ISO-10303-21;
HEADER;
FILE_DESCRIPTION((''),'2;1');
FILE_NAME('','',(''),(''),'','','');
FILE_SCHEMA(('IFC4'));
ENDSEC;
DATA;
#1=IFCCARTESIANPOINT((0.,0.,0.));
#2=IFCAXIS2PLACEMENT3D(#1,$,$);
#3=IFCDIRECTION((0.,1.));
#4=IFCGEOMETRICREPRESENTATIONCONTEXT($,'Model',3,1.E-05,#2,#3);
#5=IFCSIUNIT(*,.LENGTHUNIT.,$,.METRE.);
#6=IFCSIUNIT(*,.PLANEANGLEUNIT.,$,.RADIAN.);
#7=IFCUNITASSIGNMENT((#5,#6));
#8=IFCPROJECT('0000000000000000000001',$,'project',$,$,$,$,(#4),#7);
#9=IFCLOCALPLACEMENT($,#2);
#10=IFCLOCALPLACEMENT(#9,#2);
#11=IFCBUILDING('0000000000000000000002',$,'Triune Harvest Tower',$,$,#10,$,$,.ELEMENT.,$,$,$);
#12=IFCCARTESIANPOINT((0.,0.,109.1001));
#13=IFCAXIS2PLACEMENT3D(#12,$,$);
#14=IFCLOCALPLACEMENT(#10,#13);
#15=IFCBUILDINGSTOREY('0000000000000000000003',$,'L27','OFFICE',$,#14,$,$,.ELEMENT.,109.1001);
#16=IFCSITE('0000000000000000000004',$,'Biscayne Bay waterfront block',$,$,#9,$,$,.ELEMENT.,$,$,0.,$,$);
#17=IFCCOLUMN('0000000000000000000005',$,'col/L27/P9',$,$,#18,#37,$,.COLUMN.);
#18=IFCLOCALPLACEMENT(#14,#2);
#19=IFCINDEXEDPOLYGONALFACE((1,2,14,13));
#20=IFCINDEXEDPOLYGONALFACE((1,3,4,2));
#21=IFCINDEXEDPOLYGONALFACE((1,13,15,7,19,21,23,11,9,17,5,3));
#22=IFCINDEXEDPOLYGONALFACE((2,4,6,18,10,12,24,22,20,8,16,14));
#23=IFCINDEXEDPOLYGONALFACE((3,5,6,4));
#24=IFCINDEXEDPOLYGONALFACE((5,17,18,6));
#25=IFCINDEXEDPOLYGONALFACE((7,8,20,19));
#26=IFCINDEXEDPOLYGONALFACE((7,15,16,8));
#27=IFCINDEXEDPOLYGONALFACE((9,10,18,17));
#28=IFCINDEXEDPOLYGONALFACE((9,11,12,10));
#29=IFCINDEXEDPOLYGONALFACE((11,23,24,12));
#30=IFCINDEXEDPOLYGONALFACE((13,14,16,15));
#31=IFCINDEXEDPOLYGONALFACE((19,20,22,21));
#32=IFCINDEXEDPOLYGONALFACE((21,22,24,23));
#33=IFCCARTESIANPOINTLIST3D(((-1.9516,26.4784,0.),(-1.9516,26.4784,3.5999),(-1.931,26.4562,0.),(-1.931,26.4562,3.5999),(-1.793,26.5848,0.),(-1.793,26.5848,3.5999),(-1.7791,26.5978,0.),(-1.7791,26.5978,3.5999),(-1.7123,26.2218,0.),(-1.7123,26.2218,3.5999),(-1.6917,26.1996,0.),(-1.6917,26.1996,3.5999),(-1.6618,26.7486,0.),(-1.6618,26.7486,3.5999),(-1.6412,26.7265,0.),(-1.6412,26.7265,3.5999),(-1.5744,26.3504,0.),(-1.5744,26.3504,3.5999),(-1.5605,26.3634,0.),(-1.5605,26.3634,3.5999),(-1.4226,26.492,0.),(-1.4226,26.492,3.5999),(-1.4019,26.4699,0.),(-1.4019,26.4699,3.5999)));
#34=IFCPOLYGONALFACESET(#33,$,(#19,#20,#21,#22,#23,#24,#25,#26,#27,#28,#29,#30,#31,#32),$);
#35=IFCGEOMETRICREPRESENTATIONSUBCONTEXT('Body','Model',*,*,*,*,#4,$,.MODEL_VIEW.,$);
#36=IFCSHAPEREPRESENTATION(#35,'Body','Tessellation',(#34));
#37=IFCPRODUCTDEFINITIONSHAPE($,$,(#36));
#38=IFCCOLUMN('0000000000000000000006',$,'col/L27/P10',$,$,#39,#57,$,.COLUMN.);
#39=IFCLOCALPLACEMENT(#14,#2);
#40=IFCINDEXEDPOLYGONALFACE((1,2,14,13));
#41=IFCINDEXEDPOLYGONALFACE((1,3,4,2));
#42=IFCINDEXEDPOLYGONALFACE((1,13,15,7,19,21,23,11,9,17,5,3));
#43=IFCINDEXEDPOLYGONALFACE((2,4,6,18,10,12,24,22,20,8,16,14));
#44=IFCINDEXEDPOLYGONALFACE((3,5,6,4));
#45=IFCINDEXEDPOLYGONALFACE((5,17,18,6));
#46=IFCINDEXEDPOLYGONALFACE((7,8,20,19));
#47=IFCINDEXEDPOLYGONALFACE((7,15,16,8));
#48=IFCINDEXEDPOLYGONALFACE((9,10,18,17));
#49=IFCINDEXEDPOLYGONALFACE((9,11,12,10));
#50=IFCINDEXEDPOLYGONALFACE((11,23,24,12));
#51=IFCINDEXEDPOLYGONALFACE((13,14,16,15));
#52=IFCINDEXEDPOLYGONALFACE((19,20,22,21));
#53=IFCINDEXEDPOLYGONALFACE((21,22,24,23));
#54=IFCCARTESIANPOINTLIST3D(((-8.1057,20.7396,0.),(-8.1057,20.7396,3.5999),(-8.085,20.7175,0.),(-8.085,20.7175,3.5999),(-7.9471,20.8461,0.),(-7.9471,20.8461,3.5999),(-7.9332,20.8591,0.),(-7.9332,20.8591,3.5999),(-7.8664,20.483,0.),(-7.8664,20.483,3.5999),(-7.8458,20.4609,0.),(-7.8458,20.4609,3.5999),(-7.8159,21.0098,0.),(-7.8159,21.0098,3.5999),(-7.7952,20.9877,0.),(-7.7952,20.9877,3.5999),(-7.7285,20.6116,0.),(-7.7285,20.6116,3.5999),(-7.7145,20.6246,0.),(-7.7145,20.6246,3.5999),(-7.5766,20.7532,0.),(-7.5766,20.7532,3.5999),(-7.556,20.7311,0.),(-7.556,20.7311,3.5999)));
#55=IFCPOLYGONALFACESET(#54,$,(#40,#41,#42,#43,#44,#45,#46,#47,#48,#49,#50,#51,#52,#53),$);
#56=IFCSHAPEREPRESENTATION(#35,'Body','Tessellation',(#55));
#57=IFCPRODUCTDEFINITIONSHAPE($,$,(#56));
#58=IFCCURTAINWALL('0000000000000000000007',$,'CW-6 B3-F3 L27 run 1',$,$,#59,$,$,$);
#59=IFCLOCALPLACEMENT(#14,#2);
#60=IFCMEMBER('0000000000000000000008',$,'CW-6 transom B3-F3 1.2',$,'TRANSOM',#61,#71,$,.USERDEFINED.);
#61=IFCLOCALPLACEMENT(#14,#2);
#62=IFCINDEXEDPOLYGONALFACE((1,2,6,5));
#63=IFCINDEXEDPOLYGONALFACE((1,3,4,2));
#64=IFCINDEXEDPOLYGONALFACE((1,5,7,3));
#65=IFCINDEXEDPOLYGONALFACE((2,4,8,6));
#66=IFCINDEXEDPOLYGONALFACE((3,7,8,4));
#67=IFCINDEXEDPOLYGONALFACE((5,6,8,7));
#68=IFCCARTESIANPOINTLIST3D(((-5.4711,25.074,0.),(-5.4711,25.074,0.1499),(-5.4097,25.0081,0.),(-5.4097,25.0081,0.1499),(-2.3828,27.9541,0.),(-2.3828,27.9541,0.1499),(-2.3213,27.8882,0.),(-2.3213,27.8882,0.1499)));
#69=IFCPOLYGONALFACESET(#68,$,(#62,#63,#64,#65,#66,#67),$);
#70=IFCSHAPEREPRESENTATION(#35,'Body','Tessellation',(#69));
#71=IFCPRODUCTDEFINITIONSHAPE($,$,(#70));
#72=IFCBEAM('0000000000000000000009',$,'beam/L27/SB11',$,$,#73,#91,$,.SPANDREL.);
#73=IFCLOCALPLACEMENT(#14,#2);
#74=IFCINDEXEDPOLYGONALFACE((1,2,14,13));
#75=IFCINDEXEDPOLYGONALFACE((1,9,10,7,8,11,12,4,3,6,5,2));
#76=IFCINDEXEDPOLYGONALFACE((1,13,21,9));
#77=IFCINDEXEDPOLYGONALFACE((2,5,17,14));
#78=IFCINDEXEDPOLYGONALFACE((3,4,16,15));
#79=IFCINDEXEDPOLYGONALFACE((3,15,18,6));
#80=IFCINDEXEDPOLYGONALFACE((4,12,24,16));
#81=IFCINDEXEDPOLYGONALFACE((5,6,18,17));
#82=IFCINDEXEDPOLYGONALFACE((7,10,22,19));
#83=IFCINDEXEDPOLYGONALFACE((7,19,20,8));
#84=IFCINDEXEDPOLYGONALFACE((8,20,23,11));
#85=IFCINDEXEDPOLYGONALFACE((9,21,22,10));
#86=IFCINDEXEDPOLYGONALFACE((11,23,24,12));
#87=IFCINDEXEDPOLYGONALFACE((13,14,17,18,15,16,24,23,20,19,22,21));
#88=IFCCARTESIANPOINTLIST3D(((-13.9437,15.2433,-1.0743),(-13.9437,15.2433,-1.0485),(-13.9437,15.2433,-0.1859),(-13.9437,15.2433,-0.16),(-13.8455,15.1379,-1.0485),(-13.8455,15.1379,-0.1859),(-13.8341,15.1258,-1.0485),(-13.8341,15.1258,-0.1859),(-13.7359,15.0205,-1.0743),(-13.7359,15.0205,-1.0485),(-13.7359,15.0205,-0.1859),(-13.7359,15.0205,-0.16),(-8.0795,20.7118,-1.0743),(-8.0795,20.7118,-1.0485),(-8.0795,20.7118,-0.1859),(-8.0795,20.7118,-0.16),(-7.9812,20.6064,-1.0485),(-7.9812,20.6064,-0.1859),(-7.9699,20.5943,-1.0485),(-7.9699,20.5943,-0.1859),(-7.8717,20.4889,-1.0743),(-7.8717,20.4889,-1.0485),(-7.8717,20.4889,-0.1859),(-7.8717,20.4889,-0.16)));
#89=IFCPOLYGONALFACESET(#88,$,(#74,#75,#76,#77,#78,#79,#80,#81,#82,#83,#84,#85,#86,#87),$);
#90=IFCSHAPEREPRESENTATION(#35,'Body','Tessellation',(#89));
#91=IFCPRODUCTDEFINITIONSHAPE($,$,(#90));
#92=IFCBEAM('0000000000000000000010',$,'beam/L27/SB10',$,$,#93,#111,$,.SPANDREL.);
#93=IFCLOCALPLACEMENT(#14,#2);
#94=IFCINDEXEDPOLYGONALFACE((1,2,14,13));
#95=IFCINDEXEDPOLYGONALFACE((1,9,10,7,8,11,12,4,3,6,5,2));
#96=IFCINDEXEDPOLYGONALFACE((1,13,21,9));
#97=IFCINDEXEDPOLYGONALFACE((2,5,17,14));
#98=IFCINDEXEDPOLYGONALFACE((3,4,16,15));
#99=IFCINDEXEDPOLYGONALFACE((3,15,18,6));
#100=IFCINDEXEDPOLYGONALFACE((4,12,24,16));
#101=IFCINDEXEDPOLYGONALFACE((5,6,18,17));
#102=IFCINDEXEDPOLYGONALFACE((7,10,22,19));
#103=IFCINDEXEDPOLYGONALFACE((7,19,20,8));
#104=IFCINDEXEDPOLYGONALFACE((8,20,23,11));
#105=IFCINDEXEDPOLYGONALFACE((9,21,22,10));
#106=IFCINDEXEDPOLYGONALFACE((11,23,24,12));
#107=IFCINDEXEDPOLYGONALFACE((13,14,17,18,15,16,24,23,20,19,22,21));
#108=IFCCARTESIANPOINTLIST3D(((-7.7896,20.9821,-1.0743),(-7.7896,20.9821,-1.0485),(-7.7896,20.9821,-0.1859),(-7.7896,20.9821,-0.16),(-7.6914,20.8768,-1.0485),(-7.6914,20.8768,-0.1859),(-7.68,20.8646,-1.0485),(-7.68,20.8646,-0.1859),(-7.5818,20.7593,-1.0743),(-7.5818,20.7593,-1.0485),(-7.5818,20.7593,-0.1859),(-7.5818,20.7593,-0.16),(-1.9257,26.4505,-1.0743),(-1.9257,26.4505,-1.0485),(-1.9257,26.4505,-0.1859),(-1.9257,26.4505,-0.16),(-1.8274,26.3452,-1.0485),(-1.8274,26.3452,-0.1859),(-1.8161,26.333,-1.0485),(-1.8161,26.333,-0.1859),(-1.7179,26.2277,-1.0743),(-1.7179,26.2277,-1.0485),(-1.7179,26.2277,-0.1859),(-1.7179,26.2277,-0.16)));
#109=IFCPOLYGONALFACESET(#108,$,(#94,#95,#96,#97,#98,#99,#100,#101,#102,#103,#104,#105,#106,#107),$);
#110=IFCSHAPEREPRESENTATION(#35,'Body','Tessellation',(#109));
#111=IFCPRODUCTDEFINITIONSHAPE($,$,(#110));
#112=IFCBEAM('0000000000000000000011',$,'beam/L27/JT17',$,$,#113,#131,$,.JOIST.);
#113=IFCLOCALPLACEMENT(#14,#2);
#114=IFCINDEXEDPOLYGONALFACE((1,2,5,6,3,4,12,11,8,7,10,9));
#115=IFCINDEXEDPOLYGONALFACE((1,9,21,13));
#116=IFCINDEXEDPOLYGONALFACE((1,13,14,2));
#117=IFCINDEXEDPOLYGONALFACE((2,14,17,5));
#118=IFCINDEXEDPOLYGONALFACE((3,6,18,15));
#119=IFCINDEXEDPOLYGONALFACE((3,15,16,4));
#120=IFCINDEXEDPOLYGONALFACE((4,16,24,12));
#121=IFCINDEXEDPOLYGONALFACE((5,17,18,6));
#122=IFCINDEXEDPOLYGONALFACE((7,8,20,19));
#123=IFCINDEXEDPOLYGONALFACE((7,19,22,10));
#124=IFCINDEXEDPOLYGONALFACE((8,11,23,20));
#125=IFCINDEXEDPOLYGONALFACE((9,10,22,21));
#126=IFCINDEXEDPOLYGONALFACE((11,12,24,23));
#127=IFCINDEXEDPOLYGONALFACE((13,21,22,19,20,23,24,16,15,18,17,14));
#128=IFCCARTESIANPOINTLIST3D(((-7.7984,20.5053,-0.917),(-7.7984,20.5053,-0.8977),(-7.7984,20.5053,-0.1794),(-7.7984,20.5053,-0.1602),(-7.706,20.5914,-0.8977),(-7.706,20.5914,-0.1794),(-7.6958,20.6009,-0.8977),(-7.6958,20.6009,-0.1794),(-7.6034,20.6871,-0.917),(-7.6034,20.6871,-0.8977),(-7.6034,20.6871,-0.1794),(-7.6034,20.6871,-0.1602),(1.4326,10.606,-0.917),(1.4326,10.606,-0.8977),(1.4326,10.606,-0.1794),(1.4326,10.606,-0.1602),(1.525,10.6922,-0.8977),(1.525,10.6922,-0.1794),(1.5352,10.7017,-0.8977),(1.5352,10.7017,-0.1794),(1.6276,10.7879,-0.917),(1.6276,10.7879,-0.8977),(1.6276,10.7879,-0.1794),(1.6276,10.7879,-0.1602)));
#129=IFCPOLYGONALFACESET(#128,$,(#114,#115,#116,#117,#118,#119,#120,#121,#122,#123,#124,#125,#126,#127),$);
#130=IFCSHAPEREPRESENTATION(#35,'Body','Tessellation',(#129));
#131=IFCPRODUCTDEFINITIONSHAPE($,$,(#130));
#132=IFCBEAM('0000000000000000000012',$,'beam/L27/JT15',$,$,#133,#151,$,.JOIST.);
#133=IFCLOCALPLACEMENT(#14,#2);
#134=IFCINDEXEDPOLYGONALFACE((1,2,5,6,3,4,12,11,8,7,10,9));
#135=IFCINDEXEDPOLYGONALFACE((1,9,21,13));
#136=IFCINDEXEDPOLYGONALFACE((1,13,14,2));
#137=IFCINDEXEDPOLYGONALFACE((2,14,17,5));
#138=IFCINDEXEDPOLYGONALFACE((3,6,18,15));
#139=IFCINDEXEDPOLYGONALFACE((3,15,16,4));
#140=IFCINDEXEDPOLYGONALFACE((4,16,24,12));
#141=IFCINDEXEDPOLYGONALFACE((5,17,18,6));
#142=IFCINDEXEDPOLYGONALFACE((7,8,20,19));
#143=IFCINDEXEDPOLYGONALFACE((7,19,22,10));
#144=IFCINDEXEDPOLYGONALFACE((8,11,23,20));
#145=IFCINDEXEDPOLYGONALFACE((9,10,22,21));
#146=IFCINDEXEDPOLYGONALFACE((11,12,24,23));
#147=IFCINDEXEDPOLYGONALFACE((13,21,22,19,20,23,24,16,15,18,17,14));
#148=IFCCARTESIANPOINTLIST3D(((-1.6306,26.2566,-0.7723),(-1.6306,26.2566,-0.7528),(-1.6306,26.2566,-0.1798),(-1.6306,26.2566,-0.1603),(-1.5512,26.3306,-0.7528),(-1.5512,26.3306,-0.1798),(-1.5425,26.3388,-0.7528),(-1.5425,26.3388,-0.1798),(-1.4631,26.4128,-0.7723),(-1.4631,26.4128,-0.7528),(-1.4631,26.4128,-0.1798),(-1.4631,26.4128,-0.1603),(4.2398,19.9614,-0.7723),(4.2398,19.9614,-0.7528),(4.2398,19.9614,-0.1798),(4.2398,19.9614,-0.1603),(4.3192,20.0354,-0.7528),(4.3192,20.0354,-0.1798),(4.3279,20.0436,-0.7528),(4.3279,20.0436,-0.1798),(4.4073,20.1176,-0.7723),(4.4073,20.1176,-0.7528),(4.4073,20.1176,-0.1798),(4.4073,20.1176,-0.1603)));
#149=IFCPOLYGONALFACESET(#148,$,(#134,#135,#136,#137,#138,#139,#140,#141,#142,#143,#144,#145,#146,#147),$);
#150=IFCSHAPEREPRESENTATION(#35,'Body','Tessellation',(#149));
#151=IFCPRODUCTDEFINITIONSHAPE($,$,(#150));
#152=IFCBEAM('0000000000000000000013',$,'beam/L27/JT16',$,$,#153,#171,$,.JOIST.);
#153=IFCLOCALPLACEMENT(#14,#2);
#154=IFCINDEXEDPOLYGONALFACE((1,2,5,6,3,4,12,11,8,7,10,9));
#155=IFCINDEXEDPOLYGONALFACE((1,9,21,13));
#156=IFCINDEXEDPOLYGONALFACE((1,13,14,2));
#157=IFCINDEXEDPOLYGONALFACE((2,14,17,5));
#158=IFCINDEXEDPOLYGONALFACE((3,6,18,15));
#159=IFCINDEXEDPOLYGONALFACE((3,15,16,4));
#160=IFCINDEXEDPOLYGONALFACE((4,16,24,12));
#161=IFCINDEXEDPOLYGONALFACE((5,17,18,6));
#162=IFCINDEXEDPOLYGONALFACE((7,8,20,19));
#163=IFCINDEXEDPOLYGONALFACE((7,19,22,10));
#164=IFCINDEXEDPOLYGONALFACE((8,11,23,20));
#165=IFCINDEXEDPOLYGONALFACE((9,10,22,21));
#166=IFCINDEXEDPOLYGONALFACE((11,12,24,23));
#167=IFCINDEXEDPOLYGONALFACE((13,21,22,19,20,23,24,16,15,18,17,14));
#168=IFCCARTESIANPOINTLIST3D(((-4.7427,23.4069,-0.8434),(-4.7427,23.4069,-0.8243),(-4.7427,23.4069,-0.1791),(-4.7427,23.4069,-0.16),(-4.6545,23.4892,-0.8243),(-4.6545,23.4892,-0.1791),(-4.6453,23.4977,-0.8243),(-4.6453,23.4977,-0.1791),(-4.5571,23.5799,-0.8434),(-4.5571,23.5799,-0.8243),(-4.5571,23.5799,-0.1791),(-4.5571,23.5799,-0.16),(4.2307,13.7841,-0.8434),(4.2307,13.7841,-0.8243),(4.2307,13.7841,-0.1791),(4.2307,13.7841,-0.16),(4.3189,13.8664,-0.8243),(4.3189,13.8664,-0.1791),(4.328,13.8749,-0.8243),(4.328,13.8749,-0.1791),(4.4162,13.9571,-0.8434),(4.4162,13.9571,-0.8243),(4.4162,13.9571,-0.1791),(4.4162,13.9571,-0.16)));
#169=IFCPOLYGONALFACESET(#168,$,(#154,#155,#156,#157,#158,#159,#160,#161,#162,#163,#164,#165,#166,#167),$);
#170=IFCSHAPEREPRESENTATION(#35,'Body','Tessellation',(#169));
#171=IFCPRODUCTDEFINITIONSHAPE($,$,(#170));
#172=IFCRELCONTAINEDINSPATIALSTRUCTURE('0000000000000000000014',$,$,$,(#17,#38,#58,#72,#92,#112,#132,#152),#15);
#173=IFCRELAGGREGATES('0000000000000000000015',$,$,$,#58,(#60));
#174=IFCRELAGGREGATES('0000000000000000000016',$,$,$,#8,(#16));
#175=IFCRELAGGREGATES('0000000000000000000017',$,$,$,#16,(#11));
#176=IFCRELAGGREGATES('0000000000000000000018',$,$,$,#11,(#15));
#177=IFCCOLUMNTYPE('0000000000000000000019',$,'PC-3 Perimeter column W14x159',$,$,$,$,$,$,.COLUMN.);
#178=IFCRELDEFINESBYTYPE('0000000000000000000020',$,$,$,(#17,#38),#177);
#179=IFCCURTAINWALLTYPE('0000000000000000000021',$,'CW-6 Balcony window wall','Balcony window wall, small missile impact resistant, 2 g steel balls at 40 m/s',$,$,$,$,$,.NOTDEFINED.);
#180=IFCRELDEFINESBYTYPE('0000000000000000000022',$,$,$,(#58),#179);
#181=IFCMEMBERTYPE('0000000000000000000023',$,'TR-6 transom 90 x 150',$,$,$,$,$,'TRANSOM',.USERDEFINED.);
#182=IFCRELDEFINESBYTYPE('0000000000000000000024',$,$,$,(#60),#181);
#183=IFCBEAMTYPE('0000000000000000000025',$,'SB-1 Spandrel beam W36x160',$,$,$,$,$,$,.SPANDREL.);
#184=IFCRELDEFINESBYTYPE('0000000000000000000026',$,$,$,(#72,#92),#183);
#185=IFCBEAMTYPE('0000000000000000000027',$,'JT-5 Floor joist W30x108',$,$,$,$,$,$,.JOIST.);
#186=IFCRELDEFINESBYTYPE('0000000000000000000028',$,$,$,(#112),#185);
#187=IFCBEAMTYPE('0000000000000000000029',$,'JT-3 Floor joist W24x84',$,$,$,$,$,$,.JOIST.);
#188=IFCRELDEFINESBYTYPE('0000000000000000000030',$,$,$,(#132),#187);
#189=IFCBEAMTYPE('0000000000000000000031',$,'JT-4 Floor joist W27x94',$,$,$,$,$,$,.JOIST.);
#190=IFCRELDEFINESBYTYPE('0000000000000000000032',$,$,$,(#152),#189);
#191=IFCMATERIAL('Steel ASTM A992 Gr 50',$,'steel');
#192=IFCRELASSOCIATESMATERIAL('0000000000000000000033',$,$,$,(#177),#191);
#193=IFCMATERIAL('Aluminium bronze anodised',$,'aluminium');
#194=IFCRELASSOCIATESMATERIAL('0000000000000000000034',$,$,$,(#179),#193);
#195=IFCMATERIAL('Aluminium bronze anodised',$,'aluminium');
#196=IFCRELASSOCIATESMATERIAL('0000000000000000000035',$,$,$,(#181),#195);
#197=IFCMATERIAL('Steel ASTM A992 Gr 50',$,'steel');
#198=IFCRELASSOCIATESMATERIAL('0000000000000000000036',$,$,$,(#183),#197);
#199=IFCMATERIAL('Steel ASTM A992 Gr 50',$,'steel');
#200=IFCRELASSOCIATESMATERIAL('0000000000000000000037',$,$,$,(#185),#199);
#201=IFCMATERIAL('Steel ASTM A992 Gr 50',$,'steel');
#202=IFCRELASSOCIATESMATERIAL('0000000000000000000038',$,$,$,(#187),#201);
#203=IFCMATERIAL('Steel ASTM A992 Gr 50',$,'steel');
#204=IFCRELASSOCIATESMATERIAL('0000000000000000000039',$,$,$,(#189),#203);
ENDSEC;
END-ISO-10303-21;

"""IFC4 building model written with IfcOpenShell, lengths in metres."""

from ifc_helpers import new_model, si_unit, direction, frame, origin, origin_2d, place, context, subcontext, project, spatial, rectangle, i_section, extrude, source, transform, mapped, material, material_profile, profile_set, type_object, element, aggregate, save


model = new_model("IFC4")

# Units and contexts
model_context = context("Model", 3, precision=1e-05, world=origin(), true_north=direction((0.0, 1.0)))
body_context = subcontext(model_context, "Body", "Model", "MODEL_VIEW")
ifc_project = project(units=[si_unit("LENGTHUNIT", "METRE"), si_unit("PLANEANGLEUNIT", "RADIAN")], contexts=[model_context])

# Site, building, storey
site_placement = place(None, origin())
site = spatial("IfcSite", under=ifc_project, at=site_placement, Name="Biscayne Bay waterfront block", CompositionType="ELEMENT", RefElevation=0.0)
building_placement = place(site_placement, origin())
building = spatial("IfcBuilding", under=site, at=building_placement, Name="Triune Harvest Tower", CompositionType="ELEMENT")
storey_placement = place(building_placement, frame((0.0, 0.0, 109.1001)))
storey = spatial("IfcBuildingStorey", under=building, at=storey_placement, Name="L27", Description="OFFICE", CompositionType="ELEMENT", Elevation=109.1001)

# Columns
ifc_material_1 = material(Name="Steel ASTM A992 Gr 50", Category="steel")
ifc_material_profile_1 = material_profile(ifc_material_1, i_section(OverallWidth=0.3962, OverallDepth=0.3811, WebThickness=0.019, FlangeThickness=0.0303, at=origin_2d()), Name="W14x159")
ifc_profile_set_1 = profile_set([ifc_material_profile_1], Name="Steel ASTM A992 Gr 50")
column_type = type_object("IfcColumnType", Name="PC-3 Perimeter column W14x159", PredefinedType="COLUMN", material=ifc_profile_set_1)
shared_shape_1 = source(origin(), body_context, "Body", "SweptSolid", [
    extrude(i_section(OverallWidth=0.3962, OverallDepth=0.3811, WebThickness=0.019, FlangeThickness=0.0303, at=origin_2d()), origin(), (0.0, 0.0, 1.0), 3.5999),
])
for number, where, z_axis, x_axis, name in (
    (1, (-1.6768, 26.4741, 0.0), (0.0, 0.0, 1.0), (-0.731355, -0.681997, 0.0), "col/L27/P9"),
    (2, (-7.8308, 20.7354, 0.0), (0.0, 0.0, 1.0), (-0.731355, -0.681997, 0.0), "col/L27/P10"),
):
    element("IfcColumn", number, at=place(storey_placement, frame(where, z_axis=z_axis, x_axis=x_axis)), inside=storey, type_object=column_type, Name=name, PredefinedType="COLUMN", context=body_context, shape_type="MappedRepresentation", body=[
        mapped(shared_shape_1, transform((0.0, 0.0, 0.0), scale=1.0)),
    ])

# Curtain wall, member
ifc_material_2 = material(Name="Aluminium bronze anodised", Category="aluminium")
curtain_wall_type_1 = type_object("IfcCurtainWallType", Name="CW-6 Balcony window wall", Description="Balcony window wall, small missile impact resistant, 2 g steel balls at 40 m/s", PredefinedType="NOTDEFINED", material=ifc_material_2)
curtain_wall_1_placement = place(storey_placement, origin())
curtain_wall_1 = element("IfcCurtainWall", 3, at=curtain_wall_1_placement, inside=storey, type_object=curtain_wall_type_1, Name="CW-6 B3-F3 L27 run 1")
ifc_material_3 = material(Name="Aluminium bronze anodised", Category="aluminium")
ifc_material_profile_2 = material_profile(ifc_material_3, rectangle(XDim=0.0901, YDim=0.1499, at=origin_2d()), Name="TR-6 transom 90 x 150")
ifc_profile_set_2 = profile_set([ifc_material_profile_2], Name="Aluminium bronze anodised")
member_type_1 = type_object("IfcMemberType", Name="TR-6 transom 90 x 150", ElementType="TRANSOM", PredefinedType="USERDEFINED", material=ifc_profile_set_2)
member_1_placement = place(storey_placement, frame((-2.3521, 27.9211, 0.075), z_axis=(-0.731334, -0.68202, 0.0), x_axis=(0.68202, -0.731334, 0.0)))
member_1 = element("IfcMember", 4, at=member_1_placement, type_object=member_type_1, Name="CW-6 transom B3-F3 1.2", ObjectType="TRANSOM", PredefinedType="USERDEFINED", context=body_context, shape_type="SweptSolid", body=[
    extrude(rectangle(XDim=0.0901, YDim=0.1499, at=origin_2d()), origin(), (0.0, 0.0, 1.0), 4.2229),
])

# Beams
ifc_material_4 = material(Name="Steel ASTM A992 Gr 50", Category="steel")
ifc_material_profile_3 = material_profile(ifc_material_4, i_section(OverallWidth=0.3047, OverallDepth=0.9143, WebThickness=0.0166, FlangeThickness=0.0259, at=origin_2d()), Name="W36x160")
ifc_profile_set_3 = profile_set([ifc_material_profile_3], Name="Steel ASTM A992 Gr 50")
beam_type_1 = type_object("IfcBeamType", Name="SB-1 Spandrel beam W36x160", PredefinedType="SPANDREL", material=ifc_profile_set_3)
shared_shape_2 = source(origin(), body_context, "Body", "SweptSolid", [
    extrude(i_section(OverallWidth=0.3047, OverallDepth=0.9143, WebThickness=0.0166, FlangeThickness=0.0259, at=origin_2d()), origin(), (0.0, 0.0, 1.0), 8.0183),
])
beam_1_placement = place(storey_placement, frame((-7.9756, 20.6003, -0.6172), z_axis=(-0.731354, -0.681998, 0.0), x_axis=(0.681998, -0.731354, 0.0)))
element("IfcBeam", 5, at=beam_1_placement, inside=storey, type_object=beam_type_1, Name="beam/L27/SB11", PredefinedType="SPANDREL", context=body_context, shape_type="MappedRepresentation", body=[
    mapped(shared_shape_2, transform((0.0, 0.0, 0.0), scale=1.0)),
])
shared_shape_3 = source(origin(), body_context, "Body", "SweptSolid", [
    extrude(i_section(OverallWidth=0.3047, OverallDepth=0.9143, WebThickness=0.0166, FlangeThickness=0.0259, at=origin_2d()), origin(), (0.0, 0.0, 1.0), 8.0181),
])
beam_2_placement = place(storey_placement, frame((-1.8218, 26.3391, -0.6172), z_axis=(-0.73134, -0.682013, 0.0), x_axis=(0.682013, -0.73134, 0.0)))
element("IfcBeam", 6, at=beam_2_placement, inside=storey, type_object=beam_type_1, Name="beam/L27/SB10", PredefinedType="SPANDREL", context=body_context, shape_type="MappedRepresentation", body=[
    mapped(shared_shape_3, transform((0.0, 0.0, 0.0), scale=1.0)),
])
ifc_material_5 = material(Name="Steel ASTM A992 Gr 50", Category="steel")
ifc_material_profile_4 = material_profile(ifc_material_5, i_section(OverallWidth=0.2666, OverallDepth=0.7568, WebThickness=0.0139, FlangeThickness=0.0193, at=origin_2d()), Name="W30x108")
ifc_profile_set_4 = profile_set([ifc_material_profile_4], Name="Steel ASTM A992 Gr 50")
beam_type_2 = type_object("IfcBeamType", Name="JT-5 Floor joist W30x108", PredefinedType="JOIST", material=ifc_profile_set_4)
shared_shape_4 = source(origin(), body_context, "Body", "SweptSolid", [
    extrude(i_section(OverallWidth=0.2666, OverallDepth=0.7568, WebThickness=0.0139, FlangeThickness=0.0193, at=origin_2d()), origin(), (0.0, 0.0, 1.0), 13.5354),
])
beam_3_placement = place(storey_placement, frame((-7.7009, 20.5962, -0.5386), z_axis=(0.681992, -0.73136, 0.0), x_axis=(0.73136, 0.681992, 0.0)))
element("IfcBeam", 7, at=beam_3_placement, inside=storey, type_object=beam_type_2, Name="beam/L27/JT17", PredefinedType="JOIST", context=body_context, shape_type="MappedRepresentation", body=[
    mapped(shared_shape_4, transform((0.0, 0.0, 0.0), scale=1.0)),
])
ifc_material_6 = material(Name="Steel ASTM A992 Gr 50", Category="steel")
ifc_material_profile_5 = material_profile(ifc_material_6, i_section(OverallWidth=0.229, OverallDepth=0.6121, WebThickness=0.012, FlangeThickness=0.0195, at=origin_2d()), Name="W24x84")
ifc_profile_set_5 = profile_set([ifc_material_profile_5], Name="Steel ASTM A992 Gr 50")
beam_type_3 = type_object("IfcBeamType", Name="JT-3 Floor joist W24x84", PredefinedType="JOIST", material=ifc_profile_set_5)
shared_shape_5 = source(origin(), body_context, "Body", "SweptSolid", [
    extrude(i_section(OverallWidth=0.229, OverallDepth=0.6121, WebThickness=0.012, FlangeThickness=0.0195, at=origin_2d()), origin(), (0.0, 0.0, 1.0), 8.6077),
])
beam_4_placement = place(storey_placement, frame((-1.5469, 26.3347, -0.4663), z_axis=(0.682, -0.731352, 0.0), x_axis=(0.731352, 0.682, 0.0)))
element("IfcBeam", 8, at=beam_4_placement, inside=storey, type_object=beam_type_3, Name="beam/L27/JT15", PredefinedType="JOIST", context=body_context, shape_type="MappedRepresentation", body=[
    mapped(shared_shape_5, transform((0.0, 0.0, 0.0), scale=1.0)),
])
ifc_material_7 = material(Name="Steel ASTM A992 Gr 50", Category="steel")
ifc_material_profile_6 = material_profile(ifc_material_7, i_section(OverallWidth=0.2537, OverallDepth=0.6833, WebThickness=0.0125, FlangeThickness=0.019, at=origin_2d()), Name="W27x94")
ifc_profile_set_6 = profile_set([ifc_material_profile_6], Name="Steel ASTM A992 Gr 50")
beam_type_4 = type_object("IfcBeamType", Name="JT-4 Floor joist W27x94", PredefinedType="JOIST", material=ifc_profile_set_6)
shared_shape_6 = source(origin(), body_context, "Body", "SweptSolid", [
    extrude(i_section(OverallWidth=0.2537, OverallDepth=0.6833, WebThickness=0.0125, FlangeThickness=0.019, at=origin_2d()), origin(), (0.0, 0.0, 1.0), 13.1575),
])
beam_5_placement = place(storey_placement, frame((-4.6499, 23.4934, -0.5017), z_axis=(0.681998, -0.731354, 0.0), x_axis=(0.731354, 0.681998, 0.0)))
element("IfcBeam", 9, at=beam_5_placement, inside=storey, type_object=beam_type_4, Name="beam/L27/JT16", PredefinedType="JOIST", context=body_context, shape_type="MappedRepresentation", body=[
    mapped(shared_shape_6, transform((0.0, 0.0, 0.0), scale=1.0)),
])

aggregate(curtain_wall_1, [member_1])

save(model, "model.ifc")
